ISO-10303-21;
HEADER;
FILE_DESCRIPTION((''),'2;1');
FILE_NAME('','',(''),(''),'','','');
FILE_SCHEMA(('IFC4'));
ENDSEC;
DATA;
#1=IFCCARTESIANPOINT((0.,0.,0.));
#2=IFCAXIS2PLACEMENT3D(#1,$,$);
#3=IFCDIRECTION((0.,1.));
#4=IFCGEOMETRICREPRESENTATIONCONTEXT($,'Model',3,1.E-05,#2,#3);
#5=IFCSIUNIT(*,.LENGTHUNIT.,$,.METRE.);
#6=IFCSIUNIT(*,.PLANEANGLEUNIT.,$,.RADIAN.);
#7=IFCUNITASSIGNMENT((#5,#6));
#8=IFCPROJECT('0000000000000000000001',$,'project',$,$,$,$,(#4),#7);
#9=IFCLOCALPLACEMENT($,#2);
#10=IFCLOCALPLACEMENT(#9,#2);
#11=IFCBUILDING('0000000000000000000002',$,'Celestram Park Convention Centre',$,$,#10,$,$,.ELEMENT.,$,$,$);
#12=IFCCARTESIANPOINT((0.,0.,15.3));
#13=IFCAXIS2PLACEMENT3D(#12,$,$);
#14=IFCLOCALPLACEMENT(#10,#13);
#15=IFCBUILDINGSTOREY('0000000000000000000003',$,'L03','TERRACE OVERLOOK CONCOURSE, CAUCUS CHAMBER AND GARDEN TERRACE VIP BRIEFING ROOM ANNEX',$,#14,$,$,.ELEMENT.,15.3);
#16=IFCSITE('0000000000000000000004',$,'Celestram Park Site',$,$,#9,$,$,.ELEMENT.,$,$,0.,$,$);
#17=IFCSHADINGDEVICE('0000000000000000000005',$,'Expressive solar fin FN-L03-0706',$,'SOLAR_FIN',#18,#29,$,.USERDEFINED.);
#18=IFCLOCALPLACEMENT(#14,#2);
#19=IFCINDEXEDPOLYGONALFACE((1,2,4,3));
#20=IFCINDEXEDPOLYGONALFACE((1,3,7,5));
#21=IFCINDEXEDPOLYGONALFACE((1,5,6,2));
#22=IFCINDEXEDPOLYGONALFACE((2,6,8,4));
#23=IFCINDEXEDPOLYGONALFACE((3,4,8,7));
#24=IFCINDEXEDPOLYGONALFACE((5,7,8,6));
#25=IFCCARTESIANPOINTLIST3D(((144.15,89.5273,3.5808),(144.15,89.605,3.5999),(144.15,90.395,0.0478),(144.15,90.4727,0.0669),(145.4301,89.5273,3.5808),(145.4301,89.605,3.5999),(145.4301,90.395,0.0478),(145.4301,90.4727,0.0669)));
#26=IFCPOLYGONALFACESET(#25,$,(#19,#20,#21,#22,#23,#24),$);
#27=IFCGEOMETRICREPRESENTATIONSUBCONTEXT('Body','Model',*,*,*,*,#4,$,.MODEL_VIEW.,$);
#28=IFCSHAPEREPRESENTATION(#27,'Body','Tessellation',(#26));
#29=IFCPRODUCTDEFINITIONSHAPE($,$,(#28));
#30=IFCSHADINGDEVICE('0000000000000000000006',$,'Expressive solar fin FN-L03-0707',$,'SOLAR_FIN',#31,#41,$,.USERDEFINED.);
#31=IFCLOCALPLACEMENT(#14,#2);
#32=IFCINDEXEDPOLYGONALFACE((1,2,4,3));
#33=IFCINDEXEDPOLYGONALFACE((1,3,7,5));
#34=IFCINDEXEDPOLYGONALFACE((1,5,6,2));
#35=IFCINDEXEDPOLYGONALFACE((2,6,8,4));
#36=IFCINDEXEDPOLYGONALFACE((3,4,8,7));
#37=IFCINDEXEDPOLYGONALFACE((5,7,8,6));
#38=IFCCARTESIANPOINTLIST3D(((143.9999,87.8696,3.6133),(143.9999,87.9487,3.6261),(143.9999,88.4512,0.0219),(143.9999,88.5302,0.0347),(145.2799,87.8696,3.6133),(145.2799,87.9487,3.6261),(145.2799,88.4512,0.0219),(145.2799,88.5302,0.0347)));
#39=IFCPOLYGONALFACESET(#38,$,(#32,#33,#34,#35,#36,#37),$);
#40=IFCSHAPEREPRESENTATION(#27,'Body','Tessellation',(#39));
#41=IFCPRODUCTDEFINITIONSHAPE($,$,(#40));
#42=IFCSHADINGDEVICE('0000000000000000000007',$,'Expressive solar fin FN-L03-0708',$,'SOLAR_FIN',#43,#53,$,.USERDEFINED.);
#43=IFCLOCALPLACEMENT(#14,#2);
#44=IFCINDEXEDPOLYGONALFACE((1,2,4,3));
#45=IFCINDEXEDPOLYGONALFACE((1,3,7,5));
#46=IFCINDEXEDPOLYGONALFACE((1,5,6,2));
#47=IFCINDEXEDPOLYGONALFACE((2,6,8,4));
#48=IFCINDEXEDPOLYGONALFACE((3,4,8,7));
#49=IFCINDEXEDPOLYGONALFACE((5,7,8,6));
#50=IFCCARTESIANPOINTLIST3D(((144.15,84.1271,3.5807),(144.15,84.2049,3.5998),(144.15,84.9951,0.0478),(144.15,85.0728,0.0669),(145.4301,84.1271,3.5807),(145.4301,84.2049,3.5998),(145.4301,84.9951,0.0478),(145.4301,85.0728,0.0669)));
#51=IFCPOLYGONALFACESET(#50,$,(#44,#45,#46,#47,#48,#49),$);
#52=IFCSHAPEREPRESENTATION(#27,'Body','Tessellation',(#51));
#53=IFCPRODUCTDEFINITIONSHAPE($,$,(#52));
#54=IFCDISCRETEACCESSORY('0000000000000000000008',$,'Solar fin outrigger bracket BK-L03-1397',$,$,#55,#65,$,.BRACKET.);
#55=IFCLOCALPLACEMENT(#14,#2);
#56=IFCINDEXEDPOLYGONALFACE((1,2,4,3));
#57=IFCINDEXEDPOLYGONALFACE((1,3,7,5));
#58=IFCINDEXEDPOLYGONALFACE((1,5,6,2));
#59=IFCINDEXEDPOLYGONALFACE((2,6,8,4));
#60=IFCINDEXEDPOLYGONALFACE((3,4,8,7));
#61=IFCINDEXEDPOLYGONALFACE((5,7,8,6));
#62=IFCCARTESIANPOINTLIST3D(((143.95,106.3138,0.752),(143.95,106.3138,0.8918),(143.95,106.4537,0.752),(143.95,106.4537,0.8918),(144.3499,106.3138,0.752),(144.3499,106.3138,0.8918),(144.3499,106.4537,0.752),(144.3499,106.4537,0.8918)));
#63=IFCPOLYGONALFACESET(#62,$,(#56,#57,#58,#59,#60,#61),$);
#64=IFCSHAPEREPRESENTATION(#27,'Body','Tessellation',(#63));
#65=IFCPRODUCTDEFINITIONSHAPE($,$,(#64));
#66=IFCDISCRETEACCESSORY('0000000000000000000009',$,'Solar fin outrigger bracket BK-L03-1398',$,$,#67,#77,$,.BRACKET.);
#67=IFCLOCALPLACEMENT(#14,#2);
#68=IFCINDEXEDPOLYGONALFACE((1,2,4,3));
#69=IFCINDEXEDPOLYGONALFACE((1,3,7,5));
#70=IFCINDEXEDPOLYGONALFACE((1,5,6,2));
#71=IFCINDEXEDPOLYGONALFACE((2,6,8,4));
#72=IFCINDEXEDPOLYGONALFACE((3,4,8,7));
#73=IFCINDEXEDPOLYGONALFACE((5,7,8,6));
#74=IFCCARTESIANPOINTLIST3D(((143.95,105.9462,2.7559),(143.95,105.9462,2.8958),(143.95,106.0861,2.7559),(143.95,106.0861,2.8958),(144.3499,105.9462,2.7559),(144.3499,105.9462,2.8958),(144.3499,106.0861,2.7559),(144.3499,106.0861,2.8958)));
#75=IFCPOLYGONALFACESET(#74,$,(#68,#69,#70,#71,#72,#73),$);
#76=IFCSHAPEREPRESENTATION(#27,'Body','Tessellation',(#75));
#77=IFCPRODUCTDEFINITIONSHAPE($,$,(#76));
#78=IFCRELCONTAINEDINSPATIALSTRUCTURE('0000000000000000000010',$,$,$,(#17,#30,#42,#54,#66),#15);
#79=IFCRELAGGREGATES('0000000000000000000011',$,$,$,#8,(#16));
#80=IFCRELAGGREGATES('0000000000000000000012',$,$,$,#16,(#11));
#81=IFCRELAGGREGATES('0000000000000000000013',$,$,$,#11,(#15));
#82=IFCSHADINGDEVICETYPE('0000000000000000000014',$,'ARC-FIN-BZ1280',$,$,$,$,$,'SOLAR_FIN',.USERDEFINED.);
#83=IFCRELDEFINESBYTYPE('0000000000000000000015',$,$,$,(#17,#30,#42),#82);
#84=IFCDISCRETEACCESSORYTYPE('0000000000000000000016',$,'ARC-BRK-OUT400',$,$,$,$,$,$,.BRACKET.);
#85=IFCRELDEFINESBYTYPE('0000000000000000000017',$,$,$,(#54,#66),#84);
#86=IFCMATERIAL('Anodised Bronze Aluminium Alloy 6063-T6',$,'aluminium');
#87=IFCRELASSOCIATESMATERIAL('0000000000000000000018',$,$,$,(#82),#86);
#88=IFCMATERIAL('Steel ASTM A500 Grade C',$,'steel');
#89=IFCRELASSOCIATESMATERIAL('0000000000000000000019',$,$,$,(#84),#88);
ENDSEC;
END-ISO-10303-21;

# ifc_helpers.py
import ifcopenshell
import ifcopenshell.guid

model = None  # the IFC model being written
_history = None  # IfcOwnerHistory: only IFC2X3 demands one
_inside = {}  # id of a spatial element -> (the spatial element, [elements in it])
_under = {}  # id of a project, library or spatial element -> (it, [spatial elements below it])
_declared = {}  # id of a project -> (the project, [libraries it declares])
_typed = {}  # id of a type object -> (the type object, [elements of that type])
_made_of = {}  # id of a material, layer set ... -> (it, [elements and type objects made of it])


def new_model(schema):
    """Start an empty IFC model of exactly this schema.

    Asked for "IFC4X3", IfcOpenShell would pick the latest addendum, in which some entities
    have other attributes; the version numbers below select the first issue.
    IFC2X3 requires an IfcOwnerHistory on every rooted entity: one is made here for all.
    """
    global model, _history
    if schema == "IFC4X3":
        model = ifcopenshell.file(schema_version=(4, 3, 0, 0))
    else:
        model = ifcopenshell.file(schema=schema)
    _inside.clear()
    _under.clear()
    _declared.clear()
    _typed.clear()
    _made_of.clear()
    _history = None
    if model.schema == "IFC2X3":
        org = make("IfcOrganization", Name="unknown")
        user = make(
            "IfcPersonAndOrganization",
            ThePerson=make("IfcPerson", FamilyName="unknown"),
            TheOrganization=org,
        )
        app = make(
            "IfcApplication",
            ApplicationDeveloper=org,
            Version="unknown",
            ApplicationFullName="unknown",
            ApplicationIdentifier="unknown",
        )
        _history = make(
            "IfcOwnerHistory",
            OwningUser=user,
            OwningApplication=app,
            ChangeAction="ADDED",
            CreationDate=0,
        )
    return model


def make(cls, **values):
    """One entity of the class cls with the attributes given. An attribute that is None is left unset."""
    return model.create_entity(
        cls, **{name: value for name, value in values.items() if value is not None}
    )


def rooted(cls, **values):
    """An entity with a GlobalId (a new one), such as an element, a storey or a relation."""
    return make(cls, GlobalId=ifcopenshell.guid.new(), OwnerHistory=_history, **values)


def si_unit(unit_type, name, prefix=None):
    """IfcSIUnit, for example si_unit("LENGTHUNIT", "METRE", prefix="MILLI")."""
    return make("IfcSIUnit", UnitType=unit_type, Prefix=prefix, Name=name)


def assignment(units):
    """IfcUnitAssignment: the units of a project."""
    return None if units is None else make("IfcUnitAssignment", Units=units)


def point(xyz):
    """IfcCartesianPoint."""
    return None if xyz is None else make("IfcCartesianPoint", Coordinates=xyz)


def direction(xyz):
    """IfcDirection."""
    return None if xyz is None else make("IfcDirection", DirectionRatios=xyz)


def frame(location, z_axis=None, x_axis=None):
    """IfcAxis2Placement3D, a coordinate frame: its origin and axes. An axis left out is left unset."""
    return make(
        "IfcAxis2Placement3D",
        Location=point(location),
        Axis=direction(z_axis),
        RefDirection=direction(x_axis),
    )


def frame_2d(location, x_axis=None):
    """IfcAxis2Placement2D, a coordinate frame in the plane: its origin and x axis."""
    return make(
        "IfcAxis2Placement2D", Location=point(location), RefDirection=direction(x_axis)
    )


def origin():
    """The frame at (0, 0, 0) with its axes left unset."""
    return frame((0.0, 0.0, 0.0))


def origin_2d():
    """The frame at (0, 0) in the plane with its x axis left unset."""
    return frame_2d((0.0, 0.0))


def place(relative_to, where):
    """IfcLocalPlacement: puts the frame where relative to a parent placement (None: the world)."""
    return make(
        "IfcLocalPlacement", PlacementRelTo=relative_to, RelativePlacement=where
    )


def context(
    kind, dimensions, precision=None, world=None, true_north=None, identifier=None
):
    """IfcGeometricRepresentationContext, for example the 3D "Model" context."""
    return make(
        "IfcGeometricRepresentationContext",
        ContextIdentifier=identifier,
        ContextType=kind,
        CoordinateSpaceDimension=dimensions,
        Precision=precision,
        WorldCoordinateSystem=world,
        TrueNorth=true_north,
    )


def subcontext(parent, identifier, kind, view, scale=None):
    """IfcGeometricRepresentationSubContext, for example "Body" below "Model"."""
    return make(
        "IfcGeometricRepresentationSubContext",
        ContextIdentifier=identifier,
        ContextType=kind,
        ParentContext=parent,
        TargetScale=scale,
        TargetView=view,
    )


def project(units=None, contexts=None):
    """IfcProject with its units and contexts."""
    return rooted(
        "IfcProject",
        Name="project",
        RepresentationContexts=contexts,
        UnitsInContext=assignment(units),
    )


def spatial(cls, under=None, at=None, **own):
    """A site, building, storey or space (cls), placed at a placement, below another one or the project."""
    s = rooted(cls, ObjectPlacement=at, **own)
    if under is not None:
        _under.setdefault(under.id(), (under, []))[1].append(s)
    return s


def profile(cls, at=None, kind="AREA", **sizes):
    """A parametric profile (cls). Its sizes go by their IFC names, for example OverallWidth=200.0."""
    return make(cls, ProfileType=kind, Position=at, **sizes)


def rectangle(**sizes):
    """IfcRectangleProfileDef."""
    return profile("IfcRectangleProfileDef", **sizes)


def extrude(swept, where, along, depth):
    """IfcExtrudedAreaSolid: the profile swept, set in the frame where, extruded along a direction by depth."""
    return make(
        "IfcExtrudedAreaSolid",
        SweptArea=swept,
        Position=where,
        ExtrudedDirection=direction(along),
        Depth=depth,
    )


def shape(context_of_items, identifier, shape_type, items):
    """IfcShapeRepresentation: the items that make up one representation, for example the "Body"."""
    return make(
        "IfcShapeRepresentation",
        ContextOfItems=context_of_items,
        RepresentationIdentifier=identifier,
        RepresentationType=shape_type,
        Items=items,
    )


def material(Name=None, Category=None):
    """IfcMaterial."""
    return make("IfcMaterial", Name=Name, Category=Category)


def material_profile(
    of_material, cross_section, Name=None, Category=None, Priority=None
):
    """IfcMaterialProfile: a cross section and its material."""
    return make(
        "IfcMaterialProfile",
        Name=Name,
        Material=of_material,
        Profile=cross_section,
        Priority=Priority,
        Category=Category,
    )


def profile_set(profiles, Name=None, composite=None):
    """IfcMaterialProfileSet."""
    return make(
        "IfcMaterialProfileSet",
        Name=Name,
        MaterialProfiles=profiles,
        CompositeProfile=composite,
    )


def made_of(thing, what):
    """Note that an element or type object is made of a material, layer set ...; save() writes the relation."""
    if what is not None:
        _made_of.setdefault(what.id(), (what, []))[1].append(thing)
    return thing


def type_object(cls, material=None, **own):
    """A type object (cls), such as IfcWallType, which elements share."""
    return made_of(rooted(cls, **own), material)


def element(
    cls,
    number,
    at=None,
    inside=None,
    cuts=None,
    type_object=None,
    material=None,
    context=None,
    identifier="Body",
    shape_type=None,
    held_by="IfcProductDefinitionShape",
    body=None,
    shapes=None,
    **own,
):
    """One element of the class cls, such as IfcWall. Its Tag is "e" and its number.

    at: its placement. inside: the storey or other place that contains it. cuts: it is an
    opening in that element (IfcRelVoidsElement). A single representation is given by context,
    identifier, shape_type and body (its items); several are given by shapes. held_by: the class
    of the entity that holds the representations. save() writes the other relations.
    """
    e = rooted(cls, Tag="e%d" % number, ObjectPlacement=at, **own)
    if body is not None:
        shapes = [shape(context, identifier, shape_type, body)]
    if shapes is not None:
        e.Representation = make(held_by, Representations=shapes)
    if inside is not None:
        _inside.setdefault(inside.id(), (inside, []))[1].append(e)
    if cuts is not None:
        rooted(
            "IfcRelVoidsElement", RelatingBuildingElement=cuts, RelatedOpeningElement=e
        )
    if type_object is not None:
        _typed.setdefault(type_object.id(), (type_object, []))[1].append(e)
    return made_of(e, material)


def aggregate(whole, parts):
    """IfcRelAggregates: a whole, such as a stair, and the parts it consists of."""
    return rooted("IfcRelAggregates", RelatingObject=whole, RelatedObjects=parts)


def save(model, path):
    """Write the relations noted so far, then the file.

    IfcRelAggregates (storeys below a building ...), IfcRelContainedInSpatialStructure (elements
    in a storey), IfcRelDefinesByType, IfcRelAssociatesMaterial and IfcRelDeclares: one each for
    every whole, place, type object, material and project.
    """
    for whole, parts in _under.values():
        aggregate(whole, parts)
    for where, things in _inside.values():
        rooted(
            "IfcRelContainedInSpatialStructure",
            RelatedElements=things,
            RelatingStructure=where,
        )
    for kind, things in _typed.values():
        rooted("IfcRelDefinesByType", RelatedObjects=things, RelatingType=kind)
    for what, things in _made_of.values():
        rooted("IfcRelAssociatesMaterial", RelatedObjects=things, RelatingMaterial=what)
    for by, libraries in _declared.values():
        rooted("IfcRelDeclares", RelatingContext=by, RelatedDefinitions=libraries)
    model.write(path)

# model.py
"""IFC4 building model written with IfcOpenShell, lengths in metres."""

from ifc_helpers import new_model, si_unit, direction, frame, origin, origin_2d, place, context, subcontext, project, spatial, rectangle, extrude, material, material_profile, profile_set, type_object, element, save


model = new_model("IFC4")

# Units and contexts
model_context = context("Model", 3, precision=1e-05, world=origin(), true_north=direction((0.0, 1.0)))
body_context = subcontext(model_context, "Body", "Model", "MODEL_VIEW")
ifc_project = project(units=[si_unit("LENGTHUNIT", "METRE"), si_unit("PLANEANGLEUNIT", "RADIAN")], contexts=[model_context])

# Site, building, storey
site_placement = place(None, origin())
site = spatial("IfcSite", under=ifc_project, at=site_placement, Name="Celestram Park Site", CompositionType="ELEMENT", RefElevation=0.0)
building_placement = place(site_placement, origin())
building = spatial("IfcBuilding", under=site, at=building_placement, Name="Celestram Park Convention Centre", CompositionType="ELEMENT")
storey_placement = place(building_placement, frame((0.0, 0.0, 15.3)))
storey = spatial("IfcBuildingStorey", under=building, at=storey_placement, Name="L03", Description="TERRACE OVERLOOK CONCOURSE, CAUCUS CHAMBER AND GARDEN TERRACE VIP BRIEFING ROOM ANNEX", CompositionType="ELEMENT", Elevation=15.3)

# Shading devices
ifc_material_1 = material(Name="Anodised Bronze Aluminium Alloy 6063-T6", Category="aluminium")
ifc_material_profile_1 = material_profile(ifc_material_1, rectangle(XDim=1.28, YDim=0.0801, at=origin_2d()), Name="FIN1280X80")
ifc_profile_set_1 = profile_set([ifc_material_profile_1], Name="Anodised Bronze Aluminium Alloy 6063-T6")
shading_device_type = type_object("IfcShadingDeviceType", Name="ARC-FIN-BZ1280", ElementType="SOLAR_FIN", PredefinedType="USERDEFINED", material=ifc_profile_set_1)
for number, where, z_axis, x_axis, name in (
    (1, (144.79, 90.4338, 0.0574), (0.0, -0.238507, 0.971141), (1.0, 0.0, 0.0), "Expressive solar fin FN-L03-0706"),
):
    element("IfcShadingDevice", number, at=place(storey_placement, frame(where, z_axis=z_axis, x_axis=x_axis)), inside=storey, type_object=shading_device_type, Name=name, ObjectType="SOLAR_FIN", PredefinedType="USERDEFINED", context=body_context, shape_type="SweptSolid", body=[
        extrude(rectangle(XDim=1.28, YDim=0.0801, at=origin_2d()), origin(), (0.0, 0.0, 1.0), 3.6379),
    ])
shading_device_1_placement = place(storey_placement, frame((144.6399, 88.4907, 0.0283), z_axis=(0.0, -0.159848, 0.987142), x_axis=(1.0, 0.0, 0.0)))
element("IfcShadingDevice", 2, at=shading_device_1_placement, inside=storey, type_object=shading_device_type, Name="Expressive solar fin FN-L03-0707", ObjectType="SOLAR_FIN", PredefinedType="USERDEFINED", context=body_context, shape_type="SweptSolid", body=[
    extrude(rectangle(XDim=1.28, YDim=0.0801, at=origin_2d()), origin(), (0.0, 0.0, 1.0), 3.6382),
])
shading_device_2_placement = place(storey_placement, frame((144.79, 85.0339, 0.0574), z_axis=(0.0, -0.23857, 0.971125), x_axis=(1.0, 0.0, 0.0)))
element("IfcShadingDevice", 3, at=shading_device_2_placement, inside=storey, type_object=shading_device_type, Name="Expressive solar fin FN-L03-0708", ObjectType="SOLAR_FIN", PredefinedType="USERDEFINED", context=body_context, shape_type="SweptSolid", body=[
    extrude(rectangle(XDim=1.28, YDim=0.0801, at=origin_2d()), origin(), (0.0, 0.0, 1.0), 3.6379),
])

# Discrete accessories
ifc_material_2 = material(Name="Steel ASTM A500 Grade C", Category="steel")
discrete_accessory_type = type_object("IfcDiscreteAccessoryType", Name="ARC-BRK-OUT400", PredefinedType="BRACKET", material=ifc_material_2)
for number, where, z_axis, x_axis, name in (
    (4, (144.1499, 106.3838, 0.752), (0.0, 0.0, 1.0), (1.0, 0.0, 0.0), "Solar fin outrigger bracket BK-L03-1397"),
    (5, (144.1499, 106.0161, 2.7559), (0.0, 0.0, 1.0), (1.0, 0.0, 0.0), "Solar fin outrigger bracket BK-L03-1398"),
):
    element("IfcDiscreteAccessory", number, at=place(storey_placement, frame(where, z_axis=z_axis, x_axis=x_axis)), inside=storey, type_object=discrete_accessory_type, Name=name, PredefinedType="BRACKET", context=body_context, shape_type="SweptSolid", body=[
        extrude(rectangle(XDim=0.3999, YDim=0.1399, at=origin_2d()), origin(), (0.0, 0.0, 1.0), 0.1399),
    ])

save(model, "model.ifc")
